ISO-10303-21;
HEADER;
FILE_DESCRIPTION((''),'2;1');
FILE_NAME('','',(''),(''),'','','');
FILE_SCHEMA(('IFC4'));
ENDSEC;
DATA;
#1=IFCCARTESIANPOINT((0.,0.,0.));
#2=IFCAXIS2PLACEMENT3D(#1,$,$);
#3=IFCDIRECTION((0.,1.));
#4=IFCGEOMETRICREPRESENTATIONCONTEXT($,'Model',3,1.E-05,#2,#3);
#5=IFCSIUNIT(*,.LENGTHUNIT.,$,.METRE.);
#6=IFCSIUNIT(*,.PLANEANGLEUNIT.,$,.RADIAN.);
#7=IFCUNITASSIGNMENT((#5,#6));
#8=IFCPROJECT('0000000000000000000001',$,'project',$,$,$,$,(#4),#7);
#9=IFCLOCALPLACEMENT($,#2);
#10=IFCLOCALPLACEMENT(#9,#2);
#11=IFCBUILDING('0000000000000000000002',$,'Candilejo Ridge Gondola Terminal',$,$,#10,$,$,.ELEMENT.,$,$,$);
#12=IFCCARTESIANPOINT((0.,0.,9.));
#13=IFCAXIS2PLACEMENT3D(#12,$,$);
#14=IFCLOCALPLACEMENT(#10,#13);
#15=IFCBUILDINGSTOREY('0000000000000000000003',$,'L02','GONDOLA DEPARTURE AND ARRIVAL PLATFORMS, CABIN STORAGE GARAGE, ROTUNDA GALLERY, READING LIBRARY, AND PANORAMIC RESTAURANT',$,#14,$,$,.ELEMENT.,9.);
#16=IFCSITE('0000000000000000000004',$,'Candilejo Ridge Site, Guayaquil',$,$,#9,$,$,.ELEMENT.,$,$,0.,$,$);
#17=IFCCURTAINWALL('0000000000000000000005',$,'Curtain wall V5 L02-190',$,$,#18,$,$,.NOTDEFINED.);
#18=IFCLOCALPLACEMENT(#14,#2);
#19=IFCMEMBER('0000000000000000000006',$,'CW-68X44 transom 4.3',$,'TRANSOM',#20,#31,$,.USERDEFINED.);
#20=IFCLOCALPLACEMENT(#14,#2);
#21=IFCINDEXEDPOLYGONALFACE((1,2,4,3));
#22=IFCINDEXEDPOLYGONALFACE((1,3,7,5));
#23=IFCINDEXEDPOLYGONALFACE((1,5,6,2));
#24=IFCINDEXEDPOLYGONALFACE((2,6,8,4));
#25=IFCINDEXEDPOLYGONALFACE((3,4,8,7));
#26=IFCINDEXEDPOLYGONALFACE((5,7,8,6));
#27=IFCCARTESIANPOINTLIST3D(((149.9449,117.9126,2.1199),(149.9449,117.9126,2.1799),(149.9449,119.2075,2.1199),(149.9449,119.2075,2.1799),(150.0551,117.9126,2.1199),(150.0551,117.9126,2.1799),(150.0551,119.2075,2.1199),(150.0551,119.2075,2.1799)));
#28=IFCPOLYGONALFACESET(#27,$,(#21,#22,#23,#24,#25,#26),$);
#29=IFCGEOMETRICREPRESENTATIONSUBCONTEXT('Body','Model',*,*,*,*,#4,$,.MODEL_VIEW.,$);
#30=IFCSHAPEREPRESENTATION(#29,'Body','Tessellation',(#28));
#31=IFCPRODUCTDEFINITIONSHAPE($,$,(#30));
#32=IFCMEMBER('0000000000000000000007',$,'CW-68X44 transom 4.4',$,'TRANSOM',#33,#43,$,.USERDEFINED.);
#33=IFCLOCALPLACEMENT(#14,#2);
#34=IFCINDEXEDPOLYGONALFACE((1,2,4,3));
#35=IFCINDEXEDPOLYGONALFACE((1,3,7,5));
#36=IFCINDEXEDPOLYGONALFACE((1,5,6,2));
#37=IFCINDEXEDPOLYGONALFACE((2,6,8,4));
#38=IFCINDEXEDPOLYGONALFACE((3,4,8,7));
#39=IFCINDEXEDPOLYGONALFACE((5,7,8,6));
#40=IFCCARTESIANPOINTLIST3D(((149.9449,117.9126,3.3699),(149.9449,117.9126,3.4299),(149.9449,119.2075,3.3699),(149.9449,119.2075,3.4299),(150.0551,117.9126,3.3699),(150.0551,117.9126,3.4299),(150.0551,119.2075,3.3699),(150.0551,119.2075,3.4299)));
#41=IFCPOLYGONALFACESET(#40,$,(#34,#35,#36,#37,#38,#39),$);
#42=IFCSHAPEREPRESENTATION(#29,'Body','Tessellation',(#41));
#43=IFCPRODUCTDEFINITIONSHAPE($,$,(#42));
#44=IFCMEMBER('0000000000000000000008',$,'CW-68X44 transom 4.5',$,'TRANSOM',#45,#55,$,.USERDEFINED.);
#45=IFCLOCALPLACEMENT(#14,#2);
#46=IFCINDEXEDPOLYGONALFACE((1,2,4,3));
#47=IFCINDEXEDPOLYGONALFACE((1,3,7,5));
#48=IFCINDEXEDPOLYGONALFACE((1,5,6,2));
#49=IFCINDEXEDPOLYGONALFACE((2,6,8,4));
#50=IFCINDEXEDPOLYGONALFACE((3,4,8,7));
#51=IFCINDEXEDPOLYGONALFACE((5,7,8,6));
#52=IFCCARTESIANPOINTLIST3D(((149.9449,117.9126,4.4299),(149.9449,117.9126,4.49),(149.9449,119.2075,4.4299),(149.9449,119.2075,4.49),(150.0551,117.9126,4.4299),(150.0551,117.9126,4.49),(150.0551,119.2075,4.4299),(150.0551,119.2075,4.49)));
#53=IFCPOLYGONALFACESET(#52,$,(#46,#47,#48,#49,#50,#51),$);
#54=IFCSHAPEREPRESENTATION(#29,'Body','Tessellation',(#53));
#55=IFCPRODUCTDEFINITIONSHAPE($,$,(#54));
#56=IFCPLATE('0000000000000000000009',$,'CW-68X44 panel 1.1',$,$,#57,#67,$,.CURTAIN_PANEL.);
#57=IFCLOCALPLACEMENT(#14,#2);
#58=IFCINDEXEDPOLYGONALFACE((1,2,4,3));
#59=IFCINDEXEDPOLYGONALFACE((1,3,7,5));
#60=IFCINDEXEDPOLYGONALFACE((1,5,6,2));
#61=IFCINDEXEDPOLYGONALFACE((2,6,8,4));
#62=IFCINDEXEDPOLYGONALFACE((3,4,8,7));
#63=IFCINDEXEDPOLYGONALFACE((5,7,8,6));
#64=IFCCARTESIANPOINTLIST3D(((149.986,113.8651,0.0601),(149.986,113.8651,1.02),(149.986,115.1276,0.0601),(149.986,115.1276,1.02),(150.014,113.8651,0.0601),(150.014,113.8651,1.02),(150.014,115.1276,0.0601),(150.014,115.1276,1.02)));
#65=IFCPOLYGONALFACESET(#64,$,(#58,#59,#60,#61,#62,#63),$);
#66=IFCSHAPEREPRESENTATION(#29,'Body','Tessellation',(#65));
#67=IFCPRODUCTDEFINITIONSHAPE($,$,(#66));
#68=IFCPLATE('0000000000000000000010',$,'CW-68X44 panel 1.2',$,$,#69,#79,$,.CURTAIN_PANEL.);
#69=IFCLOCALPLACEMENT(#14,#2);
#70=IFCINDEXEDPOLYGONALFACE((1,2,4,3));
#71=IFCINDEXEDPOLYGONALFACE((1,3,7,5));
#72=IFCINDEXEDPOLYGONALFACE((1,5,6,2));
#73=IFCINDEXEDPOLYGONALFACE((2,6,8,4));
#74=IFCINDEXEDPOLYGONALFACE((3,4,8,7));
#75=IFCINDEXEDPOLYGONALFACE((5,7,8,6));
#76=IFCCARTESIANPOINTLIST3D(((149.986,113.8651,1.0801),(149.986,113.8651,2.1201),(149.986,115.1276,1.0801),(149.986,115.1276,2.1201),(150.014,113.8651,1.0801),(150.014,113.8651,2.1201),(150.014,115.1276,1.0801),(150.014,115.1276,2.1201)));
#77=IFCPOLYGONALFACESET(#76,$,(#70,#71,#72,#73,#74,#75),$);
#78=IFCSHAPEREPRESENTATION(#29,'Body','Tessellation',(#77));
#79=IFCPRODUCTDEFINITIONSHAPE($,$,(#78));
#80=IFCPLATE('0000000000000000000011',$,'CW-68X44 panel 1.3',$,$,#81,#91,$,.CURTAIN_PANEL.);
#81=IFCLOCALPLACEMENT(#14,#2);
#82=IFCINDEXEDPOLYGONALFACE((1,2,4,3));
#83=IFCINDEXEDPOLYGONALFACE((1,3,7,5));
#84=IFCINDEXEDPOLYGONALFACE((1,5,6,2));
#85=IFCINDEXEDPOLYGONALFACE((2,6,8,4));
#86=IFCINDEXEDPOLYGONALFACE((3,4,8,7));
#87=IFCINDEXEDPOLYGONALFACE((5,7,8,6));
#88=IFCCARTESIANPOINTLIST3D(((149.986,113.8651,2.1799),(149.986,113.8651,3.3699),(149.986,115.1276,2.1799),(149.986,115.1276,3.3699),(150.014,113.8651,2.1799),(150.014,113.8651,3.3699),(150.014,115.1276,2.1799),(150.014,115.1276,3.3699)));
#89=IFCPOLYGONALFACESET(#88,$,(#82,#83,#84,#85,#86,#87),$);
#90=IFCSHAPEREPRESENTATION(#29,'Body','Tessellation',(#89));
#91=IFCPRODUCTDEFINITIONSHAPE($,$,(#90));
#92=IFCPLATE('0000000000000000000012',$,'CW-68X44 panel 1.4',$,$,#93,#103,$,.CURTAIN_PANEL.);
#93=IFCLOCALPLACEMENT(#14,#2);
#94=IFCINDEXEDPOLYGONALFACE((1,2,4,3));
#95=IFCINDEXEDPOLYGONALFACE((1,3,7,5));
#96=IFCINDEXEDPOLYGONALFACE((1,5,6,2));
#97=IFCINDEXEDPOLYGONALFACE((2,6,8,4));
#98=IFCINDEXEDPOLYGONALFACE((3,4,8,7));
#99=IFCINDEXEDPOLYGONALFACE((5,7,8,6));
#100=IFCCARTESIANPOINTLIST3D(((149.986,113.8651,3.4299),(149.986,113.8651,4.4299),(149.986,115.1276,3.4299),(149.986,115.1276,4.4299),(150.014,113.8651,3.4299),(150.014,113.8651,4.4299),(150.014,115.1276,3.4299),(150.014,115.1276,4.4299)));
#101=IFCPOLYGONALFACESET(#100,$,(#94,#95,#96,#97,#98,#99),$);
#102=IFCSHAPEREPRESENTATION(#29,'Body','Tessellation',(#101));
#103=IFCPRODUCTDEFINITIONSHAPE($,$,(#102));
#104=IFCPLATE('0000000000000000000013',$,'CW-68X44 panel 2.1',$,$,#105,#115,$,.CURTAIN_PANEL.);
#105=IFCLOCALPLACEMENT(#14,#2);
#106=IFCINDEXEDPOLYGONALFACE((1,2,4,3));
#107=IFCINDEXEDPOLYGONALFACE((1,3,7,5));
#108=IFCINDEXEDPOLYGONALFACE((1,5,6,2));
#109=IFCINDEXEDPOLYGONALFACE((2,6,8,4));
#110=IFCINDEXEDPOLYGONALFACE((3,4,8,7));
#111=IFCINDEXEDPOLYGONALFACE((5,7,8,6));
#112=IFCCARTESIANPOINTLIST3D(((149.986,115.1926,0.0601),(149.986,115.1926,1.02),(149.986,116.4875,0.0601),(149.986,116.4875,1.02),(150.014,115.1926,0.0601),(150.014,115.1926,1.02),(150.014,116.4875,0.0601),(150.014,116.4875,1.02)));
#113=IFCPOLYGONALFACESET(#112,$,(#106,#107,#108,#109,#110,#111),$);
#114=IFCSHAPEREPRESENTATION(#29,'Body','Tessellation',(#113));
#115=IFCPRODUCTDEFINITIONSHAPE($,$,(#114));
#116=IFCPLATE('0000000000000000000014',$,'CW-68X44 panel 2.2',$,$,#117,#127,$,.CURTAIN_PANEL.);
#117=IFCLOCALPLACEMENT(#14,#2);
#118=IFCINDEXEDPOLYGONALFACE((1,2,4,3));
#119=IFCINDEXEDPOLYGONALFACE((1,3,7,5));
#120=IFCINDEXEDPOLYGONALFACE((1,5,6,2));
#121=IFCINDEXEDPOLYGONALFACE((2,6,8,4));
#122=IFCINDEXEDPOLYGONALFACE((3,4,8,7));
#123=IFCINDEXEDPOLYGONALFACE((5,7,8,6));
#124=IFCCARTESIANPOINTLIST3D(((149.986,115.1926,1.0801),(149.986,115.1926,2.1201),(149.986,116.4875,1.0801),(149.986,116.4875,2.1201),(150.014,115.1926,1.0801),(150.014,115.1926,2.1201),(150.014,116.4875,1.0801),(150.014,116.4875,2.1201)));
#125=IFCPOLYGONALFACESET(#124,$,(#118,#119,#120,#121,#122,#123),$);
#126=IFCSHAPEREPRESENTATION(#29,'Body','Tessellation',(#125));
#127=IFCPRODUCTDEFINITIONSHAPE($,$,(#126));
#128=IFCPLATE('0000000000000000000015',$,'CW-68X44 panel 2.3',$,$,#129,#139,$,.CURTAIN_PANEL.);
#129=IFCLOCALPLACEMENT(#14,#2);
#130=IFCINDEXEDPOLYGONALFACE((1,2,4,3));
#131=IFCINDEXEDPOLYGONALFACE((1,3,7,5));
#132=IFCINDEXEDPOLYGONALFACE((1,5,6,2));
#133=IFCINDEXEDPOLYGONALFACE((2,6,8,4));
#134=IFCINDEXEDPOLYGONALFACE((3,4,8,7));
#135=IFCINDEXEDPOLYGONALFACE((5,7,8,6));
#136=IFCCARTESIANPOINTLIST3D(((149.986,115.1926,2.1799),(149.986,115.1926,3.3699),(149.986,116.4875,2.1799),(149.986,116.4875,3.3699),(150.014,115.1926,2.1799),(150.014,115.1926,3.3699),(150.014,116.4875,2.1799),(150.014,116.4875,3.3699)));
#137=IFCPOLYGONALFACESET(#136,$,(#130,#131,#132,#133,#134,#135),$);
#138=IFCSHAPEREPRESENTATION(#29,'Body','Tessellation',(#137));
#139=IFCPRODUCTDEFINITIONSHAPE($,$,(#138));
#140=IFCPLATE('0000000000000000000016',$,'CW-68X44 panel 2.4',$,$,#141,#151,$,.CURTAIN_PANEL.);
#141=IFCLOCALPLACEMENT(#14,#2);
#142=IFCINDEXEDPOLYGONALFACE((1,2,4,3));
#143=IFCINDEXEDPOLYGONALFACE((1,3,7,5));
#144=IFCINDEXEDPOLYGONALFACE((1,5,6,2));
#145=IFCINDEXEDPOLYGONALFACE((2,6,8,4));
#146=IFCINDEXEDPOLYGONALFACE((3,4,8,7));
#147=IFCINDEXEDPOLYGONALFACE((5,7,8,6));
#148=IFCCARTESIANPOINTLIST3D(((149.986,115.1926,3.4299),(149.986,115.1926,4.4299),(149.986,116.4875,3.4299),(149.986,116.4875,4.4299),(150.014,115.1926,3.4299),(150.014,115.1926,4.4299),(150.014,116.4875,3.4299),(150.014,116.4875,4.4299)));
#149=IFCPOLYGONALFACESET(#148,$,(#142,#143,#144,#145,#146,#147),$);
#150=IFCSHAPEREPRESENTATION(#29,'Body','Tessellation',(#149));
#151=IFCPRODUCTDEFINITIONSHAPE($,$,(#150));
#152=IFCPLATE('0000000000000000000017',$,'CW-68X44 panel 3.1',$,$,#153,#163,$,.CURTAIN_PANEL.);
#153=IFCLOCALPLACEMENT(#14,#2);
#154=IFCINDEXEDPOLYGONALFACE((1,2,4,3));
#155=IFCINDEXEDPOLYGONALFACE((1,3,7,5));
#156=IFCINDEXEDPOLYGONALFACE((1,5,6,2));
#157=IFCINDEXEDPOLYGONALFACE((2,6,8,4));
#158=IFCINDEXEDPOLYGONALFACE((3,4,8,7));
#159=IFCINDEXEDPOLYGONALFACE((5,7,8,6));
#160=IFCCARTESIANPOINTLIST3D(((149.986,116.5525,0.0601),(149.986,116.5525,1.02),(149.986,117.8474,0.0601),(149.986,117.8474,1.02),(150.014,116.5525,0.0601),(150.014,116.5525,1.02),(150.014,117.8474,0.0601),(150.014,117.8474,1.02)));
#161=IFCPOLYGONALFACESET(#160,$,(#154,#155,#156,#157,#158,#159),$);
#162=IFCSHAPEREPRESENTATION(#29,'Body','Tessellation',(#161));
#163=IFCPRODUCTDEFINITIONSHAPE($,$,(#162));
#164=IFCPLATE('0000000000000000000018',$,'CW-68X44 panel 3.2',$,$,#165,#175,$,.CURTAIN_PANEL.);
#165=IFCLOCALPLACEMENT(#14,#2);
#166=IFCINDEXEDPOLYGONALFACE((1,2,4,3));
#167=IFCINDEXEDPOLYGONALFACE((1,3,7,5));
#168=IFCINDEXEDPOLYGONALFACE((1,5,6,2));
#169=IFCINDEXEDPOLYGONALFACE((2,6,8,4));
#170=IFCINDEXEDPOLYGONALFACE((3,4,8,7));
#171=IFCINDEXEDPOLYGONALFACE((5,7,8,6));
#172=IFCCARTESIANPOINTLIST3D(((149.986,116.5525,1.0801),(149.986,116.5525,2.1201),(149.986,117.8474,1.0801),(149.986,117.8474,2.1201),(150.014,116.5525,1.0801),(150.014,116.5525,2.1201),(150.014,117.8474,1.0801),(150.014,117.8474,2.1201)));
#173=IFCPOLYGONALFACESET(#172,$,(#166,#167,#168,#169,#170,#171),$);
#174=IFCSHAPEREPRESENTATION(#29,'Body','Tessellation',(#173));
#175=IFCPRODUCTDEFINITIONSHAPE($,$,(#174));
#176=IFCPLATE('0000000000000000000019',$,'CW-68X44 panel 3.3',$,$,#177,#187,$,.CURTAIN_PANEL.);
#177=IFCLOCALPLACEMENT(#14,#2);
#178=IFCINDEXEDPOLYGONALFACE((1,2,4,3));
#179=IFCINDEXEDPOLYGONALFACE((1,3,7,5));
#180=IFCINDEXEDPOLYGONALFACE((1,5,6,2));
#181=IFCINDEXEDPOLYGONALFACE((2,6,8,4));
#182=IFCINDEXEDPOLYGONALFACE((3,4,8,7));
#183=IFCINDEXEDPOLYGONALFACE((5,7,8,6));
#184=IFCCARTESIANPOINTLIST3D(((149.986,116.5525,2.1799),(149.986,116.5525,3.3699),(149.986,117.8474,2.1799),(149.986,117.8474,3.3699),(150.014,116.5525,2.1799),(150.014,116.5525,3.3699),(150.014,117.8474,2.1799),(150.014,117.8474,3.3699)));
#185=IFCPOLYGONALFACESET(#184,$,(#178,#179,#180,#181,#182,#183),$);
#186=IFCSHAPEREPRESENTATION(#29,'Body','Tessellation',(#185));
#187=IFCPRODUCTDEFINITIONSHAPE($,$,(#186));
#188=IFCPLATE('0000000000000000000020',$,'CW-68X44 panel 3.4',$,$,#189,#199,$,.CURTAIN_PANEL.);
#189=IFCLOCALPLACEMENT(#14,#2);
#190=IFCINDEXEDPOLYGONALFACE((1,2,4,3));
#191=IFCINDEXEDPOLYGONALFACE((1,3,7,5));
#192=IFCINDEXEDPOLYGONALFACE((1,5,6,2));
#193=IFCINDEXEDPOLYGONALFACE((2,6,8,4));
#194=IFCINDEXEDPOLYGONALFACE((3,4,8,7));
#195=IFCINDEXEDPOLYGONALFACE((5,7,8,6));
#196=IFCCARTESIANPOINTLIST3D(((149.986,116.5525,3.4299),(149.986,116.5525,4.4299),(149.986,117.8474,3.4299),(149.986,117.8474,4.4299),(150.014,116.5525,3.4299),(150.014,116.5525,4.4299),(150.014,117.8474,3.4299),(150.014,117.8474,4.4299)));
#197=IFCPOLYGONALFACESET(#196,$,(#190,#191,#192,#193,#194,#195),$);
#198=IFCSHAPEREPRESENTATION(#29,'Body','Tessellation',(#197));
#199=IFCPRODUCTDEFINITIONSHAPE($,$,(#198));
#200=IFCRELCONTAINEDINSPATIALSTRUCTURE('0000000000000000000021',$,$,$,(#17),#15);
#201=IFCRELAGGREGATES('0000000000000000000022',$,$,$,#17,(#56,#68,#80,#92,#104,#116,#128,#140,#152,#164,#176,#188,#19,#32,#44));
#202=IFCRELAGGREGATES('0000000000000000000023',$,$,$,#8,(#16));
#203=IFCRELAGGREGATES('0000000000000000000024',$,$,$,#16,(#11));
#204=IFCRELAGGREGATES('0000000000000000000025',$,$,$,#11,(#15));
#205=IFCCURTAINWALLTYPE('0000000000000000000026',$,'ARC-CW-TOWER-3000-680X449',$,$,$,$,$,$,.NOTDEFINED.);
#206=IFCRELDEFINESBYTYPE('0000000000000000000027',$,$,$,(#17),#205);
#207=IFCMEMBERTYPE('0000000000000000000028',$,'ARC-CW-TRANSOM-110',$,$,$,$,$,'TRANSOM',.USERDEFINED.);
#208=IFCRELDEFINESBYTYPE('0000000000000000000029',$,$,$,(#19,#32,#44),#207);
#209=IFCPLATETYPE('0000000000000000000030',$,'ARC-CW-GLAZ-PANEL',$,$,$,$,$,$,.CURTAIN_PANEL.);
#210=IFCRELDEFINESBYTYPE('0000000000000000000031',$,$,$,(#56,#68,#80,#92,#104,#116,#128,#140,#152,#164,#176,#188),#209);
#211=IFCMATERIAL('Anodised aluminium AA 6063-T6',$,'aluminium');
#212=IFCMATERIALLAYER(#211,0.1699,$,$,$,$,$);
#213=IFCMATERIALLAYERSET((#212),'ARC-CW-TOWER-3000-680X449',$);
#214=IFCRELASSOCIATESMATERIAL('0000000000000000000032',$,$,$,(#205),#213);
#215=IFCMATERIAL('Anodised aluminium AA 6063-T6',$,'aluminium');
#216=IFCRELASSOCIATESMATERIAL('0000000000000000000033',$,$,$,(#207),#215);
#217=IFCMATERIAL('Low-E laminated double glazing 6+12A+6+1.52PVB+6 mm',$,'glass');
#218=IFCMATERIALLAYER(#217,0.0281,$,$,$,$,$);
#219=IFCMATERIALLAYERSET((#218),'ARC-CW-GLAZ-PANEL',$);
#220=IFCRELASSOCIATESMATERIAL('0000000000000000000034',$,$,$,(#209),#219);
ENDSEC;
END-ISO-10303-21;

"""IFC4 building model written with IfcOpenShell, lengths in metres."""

from ifc_helpers import new_model, si_unit, direction, frame, origin, origin_2d, place, context, subcontext, project, spatial, rectangle, extrude, material, layer, layer_set, material_profile, profile_set, type_object, element, aggregate, save


model = new_model("IFC4")

# Units and contexts
model_context = context("Model", 3, precision=1e-05, world=origin(), true_north=direction((0.0, 1.0)))
body_context = subcontext(model_context, "Body", "Model", "MODEL_VIEW")
ifc_project = project(units=[si_unit("LENGTHUNIT", "METRE"), si_unit("PLANEANGLEUNIT", "RADIAN")], contexts=[model_context])

# Site, building, storey
site_placement = place(None, origin())
site = spatial("IfcSite", under=ifc_project, at=site_placement, Name="Candilejo Ridge Site, Guayaquil", CompositionType="ELEMENT", RefElevation=0.0)
building_placement = place(site_placement, origin())
building = spatial("IfcBuilding", under=site, at=building_placement, Name="Candilejo Ridge Gondola Terminal", CompositionType="ELEMENT")
storey_placement = place(building_placement, frame((0.0, 0.0, 9.0)))
storey = spatial("IfcBuildingStorey", under=building, at=storey_placement, Name="L02", Description="GONDOLA DEPARTURE AND ARRIVAL PLATFORMS, CABIN STORAGE GARAGE, ROTUNDA GALLERY, READING LIBRARY, AND PANORAMIC RESTAURANT", CompositionType="ELEMENT", Elevation=9.0)

# Curtain wall, members, plates
ifc_material_1 = material(Name="Anodised aluminium AA 6063-T6", Category="aluminium")
ifc_layer_1 = layer(ifc_material_1, 0.1699)
ifc_layer_set_1 = layer_set([ifc_layer_1], Name="ARC-CW-TOWER-3000-680X449")
curtain_wall_type = type_object("IfcCurtainWallType", Name="ARC-CW-TOWER-3000-680X449", PredefinedType="NOTDEFINED", material=ifc_layer_set_1)
curtain_wall_placement = place(storey_placement, origin())
curtain_wall = element("IfcCurtainWall", 1, at=curtain_wall_placement, inside=storey, type_object=curtain_wall_type, Name="Curtain wall V5 L02-190", PredefinedType="NOTDEFINED")
ifc_material_2 = material(Name="Anodised aluminium AA 6063-T6", Category="aluminium")
ifc_material_profile_1 = material_profile(ifc_material_2, rectangle(XDim=0.1101, YDim=0.0601, at=origin_2d()))
ifc_profile_set_1 = profile_set([ifc_material_profile_1], Name="Anodised aluminium AA 6063-T6")
member_type_1 = type_object("IfcMemberType", Name="ARC-CW-TRANSOM-110", ElementType="TRANSOM", PredefinedType="USERDEFINED", material=ifc_profile_set_1)
member_1_placement = place(storey_placement, frame((150.0, 117.9126, 2.1499), z_axis=(0.0, 1.0, 0.0), x_axis=(-1.0, 0.0, 0.0)))
member_1 = element("IfcMember", 2, at=member_1_placement, type_object=member_type_1, Name="CW-68X44 transom 4.3", ObjectType="TRANSOM", PredefinedType="USERDEFINED", context=body_context, shape_type="SweptSolid", body=[
    extrude(rectangle(XDim=0.1101, YDim=0.0601, at=origin_2d()), origin(), (0.0, 0.0, 1.0), 1.2949),
])
member_2_placement = place(storey_placement, frame((150.0, 117.9126, 3.3999), z_axis=(0.0, 1.0, 0.0), x_axis=(-1.0, 0.0, 0.0)))
member_2 = element("IfcMember", 3, at=member_2_placement, type_object=member_type_1, Name="CW-68X44 transom 4.4", ObjectType="TRANSOM", PredefinedType="USERDEFINED", context=body_context, shape_type="SweptSolid", body=[
    extrude(rectangle(XDim=0.1101, YDim=0.0601, at=origin_2d()), origin(), (0.0, 0.0, 1.0), 1.2949),
])
member_3_placement = place(storey_placement, frame((150.0, 117.9126, 4.46), z_axis=(0.0, 1.0, 0.0), x_axis=(-1.0, 0.0, 0.0)))
member_3 = element("IfcMember", 4, at=member_3_placement, type_object=member_type_1, Name="CW-68X44 transom 4.5", ObjectType="TRANSOM", PredefinedType="USERDEFINED", context=body_context, shape_type="SweptSolid", body=[
    extrude(rectangle(XDim=0.1101, YDim=0.0601, at=origin_2d()), origin(), (0.0, 0.0, 1.0), 1.2949),
])
ifc_material_3 = material(Name="Low-E laminated double glazing 6+12A+6+1.52PVB+6 mm", Category="glass")
ifc_layer_2 = layer(ifc_material_3, 0.0281)
ifc_layer_set_2 = layer_set([ifc_layer_2], Name="ARC-CW-GLAZ-PANEL")
plate_type = type_object("IfcPlateType", Name="ARC-CW-GLAZ-PANEL", PredefinedType="CURTAIN_PANEL", material=ifc_layer_set_2)
plate_1_placement = place(storey_placement, frame((150.0, 114.4963, 0.0601), z_axis=(0.0, 0.0, 1.0), x_axis=(0.0, 1.0, 0.0)))
plate_1 = element("IfcPlate", 5, at=plate_1_placement, type_object=plate_type, Name="CW-68X44 panel 1.1", PredefinedType="CURTAIN_PANEL", context=body_context, shape_type="SweptSolid", body=[
    extrude(rectangle(XDim=1.2625, YDim=0.0281, at=origin_2d()), origin(), (0.0, 0.0, 1.0), 0.96),
])
plate_2_placement = place(storey_placement, frame((150.0, 114.4963, 1.0801), z_axis=(0.0, 0.0, 1.0), x_axis=(0.0, 1.0, 0.0)))
plate_2 = element("IfcPlate", 6, at=plate_2_placement, type_object=plate_type, Name="CW-68X44 panel 1.2", PredefinedType="CURTAIN_PANEL", context=body_context, shape_type="SweptSolid", body=[
    extrude(rectangle(XDim=1.2625, YDim=0.0281, at=origin_2d()), origin(), (0.0, 0.0, 1.0), 1.04),
])
plate_3_placement = place(storey_placement, frame((150.0, 114.4963, 2.1799), z_axis=(0.0, 0.0, 1.0), x_axis=(0.0, 1.0, 0.0)))
plate_3 = element("IfcPlate", 7, at=plate_3_placement, type_object=plate_type, Name="CW-68X44 panel 1.3", PredefinedType="CURTAIN_PANEL", context=body_context, shape_type="SweptSolid", body=[
    extrude(rectangle(XDim=1.2625, YDim=0.0281, at=origin_2d()), origin(), (0.0, 0.0, 1.0), 1.1899),
])
plate_4_placement = place(storey_placement, frame((150.0, 114.4963, 3.4299), z_axis=(0.0, 0.0, 1.0), x_axis=(0.0, 1.0, 0.0)))
plate_4 = element("IfcPlate", 8, at=plate_4_placement, type_object=plate_type, Name="CW-68X44 panel 1.4", PredefinedType="CURTAIN_PANEL", context=body_context, shape_type="SweptSolid", body=[
    extrude(rectangle(XDim=1.2625, YDim=0.0281, at=origin_2d()), origin(), (0.0, 0.0, 1.0), 1.0),
])
plate_5_placement = place(storey_placement, frame((150.0, 115.8401, 0.0601), z_axis=(0.0, 0.0, 1.0), x_axis=(0.0, 1.0, 0.0)))
plate_5 = element("IfcPlate", 9, at=plate_5_placement, type_object=plate_type, Name="CW-68X44 panel 2.1", PredefinedType="CURTAIN_PANEL", context=body_context, shape_type="SweptSolid", body=[
    extrude(rectangle(XDim=1.2949, YDim=0.0281, at=origin_2d()), origin(), (0.0, 0.0, 1.0), 0.96),
])
plate_6_placement = place(storey_placement, frame((150.0, 115.8401, 1.0801), z_axis=(0.0, 0.0, 1.0), x_axis=(0.0, 1.0, 0.0)))
plate_6 = element("IfcPlate", 10, at=plate_6_placement, type_object=plate_type, Name="CW-68X44 panel 2.2", PredefinedType="CURTAIN_PANEL", context=body_context, shape_type="SweptSolid", body=[
    extrude(rectangle(XDim=1.2949, YDim=0.0281, at=origin_2d()), origin(), (0.0, 0.0, 1.0), 1.04),
])
plate_7_placement = place(storey_placement, frame((150.0, 115.8401, 2.1799), z_axis=(0.0, 0.0, 1.0), x_axis=(0.0, 1.0, 0.0)))
plate_7 = element("IfcPlate", 11, at=plate_7_placement, type_object=plate_type, Name="CW-68X44 panel 2.3", PredefinedType="CURTAIN_PANEL", context=body_context, shape_type="SweptSolid", body=[
    extrude(rectangle(XDim=1.2949, YDim=0.0281, at=origin_2d()), origin(), (0.0, 0.0, 1.0), 1.1899),
])
plate_8_placement = place(storey_placement, frame((150.0, 115.8401, 3.4299), z_axis=(0.0, 0.0, 1.0), x_axis=(0.0, 1.0, 0.0)))
plate_8 = element("IfcPlate", 12, at=plate_8_placement, type_object=plate_type, Name="CW-68X44 panel 2.4", PredefinedType="CURTAIN_PANEL", context=body_context, shape_type="SweptSolid", body=[
    extrude(rectangle(XDim=1.2949, YDim=0.0281, at=origin_2d()), origin(), (0.0, 0.0, 1.0), 1.0),
])
plate_9_placement = place(storey_placement, frame((150.0, 117.2, 0.0601), z_axis=(0.0, 0.0, 1.0), x_axis=(0.0, 1.0, 0.0)))
plate_9 = element("IfcPlate", 13, at=plate_9_placement, type_object=plate_type, Name="CW-68X44 panel 3.1", PredefinedType="CURTAIN_PANEL", context=body_context, shape_type="SweptSolid", body=[
    extrude(rectangle(XDim=1.2949, YDim=0.0281, at=origin_2d()), origin(), (0.0, 0.0, 1.0), 0.96),
])
plate_10_placement = place(storey_placement, frame((150.0, 117.2, 1.0801), z_axis=(0.0, 0.0, 1.0), x_axis=(0.0, 1.0, 0.0)))
plate_10 = element("IfcPlate", 14, at=plate_10_placement, type_object=plate_type, Name="CW-68X44 panel 3.2", PredefinedType="CURTAIN_PANEL", context=body_context, shape_type="SweptSolid", body=[
    extrude(rectangle(XDim=1.2949, YDim=0.0281, at=origin_2d()), origin(), (0.0, 0.0, 1.0), 1.04),
])
plate_11_placement = place(storey_placement, frame((150.0, 117.2, 2.1799), z_axis=(0.0, 0.0, 1.0), x_axis=(0.0, 1.0, 0.0)))
plate_11 = element("IfcPlate", 15, at=plate_11_placement, type_object=plate_type, Name="CW-68X44 panel 3.3", PredefinedType="CURTAIN_PANEL", context=body_context, shape_type="SweptSolid", body=[
    extrude(rectangle(XDim=1.2949, YDim=0.0281, at=origin_2d()), origin(), (0.0, 0.0, 1.0), 1.1899),
])
plate_12_placement = place(storey_placement, frame((150.0, 117.2, 3.4299), z_axis=(0.0, 0.0, 1.0), x_axis=(0.0, 1.0, 0.0)))
plate_12 = element("IfcPlate", 16, at=plate_12_placement, type_object=plate_type, Name="CW-68X44 panel 3.4", PredefinedType="CURTAIN_PANEL", context=body_context, shape_type="SweptSolid", body=[
    extrude(rectangle(XDim=1.2949, YDim=0.0281, at=origin_2d()), origin(), (0.0, 0.0, 1.0), 1.0),
])
aggregate(curtain_wall, [plate_1, plate_2, plate_3, plate_4, plate_5, plate_6, plate_7, plate_8, plate_9, plate_10, plate_11, plate_12, member_1, member_2, member_3])

save(model, "model.ifc")
